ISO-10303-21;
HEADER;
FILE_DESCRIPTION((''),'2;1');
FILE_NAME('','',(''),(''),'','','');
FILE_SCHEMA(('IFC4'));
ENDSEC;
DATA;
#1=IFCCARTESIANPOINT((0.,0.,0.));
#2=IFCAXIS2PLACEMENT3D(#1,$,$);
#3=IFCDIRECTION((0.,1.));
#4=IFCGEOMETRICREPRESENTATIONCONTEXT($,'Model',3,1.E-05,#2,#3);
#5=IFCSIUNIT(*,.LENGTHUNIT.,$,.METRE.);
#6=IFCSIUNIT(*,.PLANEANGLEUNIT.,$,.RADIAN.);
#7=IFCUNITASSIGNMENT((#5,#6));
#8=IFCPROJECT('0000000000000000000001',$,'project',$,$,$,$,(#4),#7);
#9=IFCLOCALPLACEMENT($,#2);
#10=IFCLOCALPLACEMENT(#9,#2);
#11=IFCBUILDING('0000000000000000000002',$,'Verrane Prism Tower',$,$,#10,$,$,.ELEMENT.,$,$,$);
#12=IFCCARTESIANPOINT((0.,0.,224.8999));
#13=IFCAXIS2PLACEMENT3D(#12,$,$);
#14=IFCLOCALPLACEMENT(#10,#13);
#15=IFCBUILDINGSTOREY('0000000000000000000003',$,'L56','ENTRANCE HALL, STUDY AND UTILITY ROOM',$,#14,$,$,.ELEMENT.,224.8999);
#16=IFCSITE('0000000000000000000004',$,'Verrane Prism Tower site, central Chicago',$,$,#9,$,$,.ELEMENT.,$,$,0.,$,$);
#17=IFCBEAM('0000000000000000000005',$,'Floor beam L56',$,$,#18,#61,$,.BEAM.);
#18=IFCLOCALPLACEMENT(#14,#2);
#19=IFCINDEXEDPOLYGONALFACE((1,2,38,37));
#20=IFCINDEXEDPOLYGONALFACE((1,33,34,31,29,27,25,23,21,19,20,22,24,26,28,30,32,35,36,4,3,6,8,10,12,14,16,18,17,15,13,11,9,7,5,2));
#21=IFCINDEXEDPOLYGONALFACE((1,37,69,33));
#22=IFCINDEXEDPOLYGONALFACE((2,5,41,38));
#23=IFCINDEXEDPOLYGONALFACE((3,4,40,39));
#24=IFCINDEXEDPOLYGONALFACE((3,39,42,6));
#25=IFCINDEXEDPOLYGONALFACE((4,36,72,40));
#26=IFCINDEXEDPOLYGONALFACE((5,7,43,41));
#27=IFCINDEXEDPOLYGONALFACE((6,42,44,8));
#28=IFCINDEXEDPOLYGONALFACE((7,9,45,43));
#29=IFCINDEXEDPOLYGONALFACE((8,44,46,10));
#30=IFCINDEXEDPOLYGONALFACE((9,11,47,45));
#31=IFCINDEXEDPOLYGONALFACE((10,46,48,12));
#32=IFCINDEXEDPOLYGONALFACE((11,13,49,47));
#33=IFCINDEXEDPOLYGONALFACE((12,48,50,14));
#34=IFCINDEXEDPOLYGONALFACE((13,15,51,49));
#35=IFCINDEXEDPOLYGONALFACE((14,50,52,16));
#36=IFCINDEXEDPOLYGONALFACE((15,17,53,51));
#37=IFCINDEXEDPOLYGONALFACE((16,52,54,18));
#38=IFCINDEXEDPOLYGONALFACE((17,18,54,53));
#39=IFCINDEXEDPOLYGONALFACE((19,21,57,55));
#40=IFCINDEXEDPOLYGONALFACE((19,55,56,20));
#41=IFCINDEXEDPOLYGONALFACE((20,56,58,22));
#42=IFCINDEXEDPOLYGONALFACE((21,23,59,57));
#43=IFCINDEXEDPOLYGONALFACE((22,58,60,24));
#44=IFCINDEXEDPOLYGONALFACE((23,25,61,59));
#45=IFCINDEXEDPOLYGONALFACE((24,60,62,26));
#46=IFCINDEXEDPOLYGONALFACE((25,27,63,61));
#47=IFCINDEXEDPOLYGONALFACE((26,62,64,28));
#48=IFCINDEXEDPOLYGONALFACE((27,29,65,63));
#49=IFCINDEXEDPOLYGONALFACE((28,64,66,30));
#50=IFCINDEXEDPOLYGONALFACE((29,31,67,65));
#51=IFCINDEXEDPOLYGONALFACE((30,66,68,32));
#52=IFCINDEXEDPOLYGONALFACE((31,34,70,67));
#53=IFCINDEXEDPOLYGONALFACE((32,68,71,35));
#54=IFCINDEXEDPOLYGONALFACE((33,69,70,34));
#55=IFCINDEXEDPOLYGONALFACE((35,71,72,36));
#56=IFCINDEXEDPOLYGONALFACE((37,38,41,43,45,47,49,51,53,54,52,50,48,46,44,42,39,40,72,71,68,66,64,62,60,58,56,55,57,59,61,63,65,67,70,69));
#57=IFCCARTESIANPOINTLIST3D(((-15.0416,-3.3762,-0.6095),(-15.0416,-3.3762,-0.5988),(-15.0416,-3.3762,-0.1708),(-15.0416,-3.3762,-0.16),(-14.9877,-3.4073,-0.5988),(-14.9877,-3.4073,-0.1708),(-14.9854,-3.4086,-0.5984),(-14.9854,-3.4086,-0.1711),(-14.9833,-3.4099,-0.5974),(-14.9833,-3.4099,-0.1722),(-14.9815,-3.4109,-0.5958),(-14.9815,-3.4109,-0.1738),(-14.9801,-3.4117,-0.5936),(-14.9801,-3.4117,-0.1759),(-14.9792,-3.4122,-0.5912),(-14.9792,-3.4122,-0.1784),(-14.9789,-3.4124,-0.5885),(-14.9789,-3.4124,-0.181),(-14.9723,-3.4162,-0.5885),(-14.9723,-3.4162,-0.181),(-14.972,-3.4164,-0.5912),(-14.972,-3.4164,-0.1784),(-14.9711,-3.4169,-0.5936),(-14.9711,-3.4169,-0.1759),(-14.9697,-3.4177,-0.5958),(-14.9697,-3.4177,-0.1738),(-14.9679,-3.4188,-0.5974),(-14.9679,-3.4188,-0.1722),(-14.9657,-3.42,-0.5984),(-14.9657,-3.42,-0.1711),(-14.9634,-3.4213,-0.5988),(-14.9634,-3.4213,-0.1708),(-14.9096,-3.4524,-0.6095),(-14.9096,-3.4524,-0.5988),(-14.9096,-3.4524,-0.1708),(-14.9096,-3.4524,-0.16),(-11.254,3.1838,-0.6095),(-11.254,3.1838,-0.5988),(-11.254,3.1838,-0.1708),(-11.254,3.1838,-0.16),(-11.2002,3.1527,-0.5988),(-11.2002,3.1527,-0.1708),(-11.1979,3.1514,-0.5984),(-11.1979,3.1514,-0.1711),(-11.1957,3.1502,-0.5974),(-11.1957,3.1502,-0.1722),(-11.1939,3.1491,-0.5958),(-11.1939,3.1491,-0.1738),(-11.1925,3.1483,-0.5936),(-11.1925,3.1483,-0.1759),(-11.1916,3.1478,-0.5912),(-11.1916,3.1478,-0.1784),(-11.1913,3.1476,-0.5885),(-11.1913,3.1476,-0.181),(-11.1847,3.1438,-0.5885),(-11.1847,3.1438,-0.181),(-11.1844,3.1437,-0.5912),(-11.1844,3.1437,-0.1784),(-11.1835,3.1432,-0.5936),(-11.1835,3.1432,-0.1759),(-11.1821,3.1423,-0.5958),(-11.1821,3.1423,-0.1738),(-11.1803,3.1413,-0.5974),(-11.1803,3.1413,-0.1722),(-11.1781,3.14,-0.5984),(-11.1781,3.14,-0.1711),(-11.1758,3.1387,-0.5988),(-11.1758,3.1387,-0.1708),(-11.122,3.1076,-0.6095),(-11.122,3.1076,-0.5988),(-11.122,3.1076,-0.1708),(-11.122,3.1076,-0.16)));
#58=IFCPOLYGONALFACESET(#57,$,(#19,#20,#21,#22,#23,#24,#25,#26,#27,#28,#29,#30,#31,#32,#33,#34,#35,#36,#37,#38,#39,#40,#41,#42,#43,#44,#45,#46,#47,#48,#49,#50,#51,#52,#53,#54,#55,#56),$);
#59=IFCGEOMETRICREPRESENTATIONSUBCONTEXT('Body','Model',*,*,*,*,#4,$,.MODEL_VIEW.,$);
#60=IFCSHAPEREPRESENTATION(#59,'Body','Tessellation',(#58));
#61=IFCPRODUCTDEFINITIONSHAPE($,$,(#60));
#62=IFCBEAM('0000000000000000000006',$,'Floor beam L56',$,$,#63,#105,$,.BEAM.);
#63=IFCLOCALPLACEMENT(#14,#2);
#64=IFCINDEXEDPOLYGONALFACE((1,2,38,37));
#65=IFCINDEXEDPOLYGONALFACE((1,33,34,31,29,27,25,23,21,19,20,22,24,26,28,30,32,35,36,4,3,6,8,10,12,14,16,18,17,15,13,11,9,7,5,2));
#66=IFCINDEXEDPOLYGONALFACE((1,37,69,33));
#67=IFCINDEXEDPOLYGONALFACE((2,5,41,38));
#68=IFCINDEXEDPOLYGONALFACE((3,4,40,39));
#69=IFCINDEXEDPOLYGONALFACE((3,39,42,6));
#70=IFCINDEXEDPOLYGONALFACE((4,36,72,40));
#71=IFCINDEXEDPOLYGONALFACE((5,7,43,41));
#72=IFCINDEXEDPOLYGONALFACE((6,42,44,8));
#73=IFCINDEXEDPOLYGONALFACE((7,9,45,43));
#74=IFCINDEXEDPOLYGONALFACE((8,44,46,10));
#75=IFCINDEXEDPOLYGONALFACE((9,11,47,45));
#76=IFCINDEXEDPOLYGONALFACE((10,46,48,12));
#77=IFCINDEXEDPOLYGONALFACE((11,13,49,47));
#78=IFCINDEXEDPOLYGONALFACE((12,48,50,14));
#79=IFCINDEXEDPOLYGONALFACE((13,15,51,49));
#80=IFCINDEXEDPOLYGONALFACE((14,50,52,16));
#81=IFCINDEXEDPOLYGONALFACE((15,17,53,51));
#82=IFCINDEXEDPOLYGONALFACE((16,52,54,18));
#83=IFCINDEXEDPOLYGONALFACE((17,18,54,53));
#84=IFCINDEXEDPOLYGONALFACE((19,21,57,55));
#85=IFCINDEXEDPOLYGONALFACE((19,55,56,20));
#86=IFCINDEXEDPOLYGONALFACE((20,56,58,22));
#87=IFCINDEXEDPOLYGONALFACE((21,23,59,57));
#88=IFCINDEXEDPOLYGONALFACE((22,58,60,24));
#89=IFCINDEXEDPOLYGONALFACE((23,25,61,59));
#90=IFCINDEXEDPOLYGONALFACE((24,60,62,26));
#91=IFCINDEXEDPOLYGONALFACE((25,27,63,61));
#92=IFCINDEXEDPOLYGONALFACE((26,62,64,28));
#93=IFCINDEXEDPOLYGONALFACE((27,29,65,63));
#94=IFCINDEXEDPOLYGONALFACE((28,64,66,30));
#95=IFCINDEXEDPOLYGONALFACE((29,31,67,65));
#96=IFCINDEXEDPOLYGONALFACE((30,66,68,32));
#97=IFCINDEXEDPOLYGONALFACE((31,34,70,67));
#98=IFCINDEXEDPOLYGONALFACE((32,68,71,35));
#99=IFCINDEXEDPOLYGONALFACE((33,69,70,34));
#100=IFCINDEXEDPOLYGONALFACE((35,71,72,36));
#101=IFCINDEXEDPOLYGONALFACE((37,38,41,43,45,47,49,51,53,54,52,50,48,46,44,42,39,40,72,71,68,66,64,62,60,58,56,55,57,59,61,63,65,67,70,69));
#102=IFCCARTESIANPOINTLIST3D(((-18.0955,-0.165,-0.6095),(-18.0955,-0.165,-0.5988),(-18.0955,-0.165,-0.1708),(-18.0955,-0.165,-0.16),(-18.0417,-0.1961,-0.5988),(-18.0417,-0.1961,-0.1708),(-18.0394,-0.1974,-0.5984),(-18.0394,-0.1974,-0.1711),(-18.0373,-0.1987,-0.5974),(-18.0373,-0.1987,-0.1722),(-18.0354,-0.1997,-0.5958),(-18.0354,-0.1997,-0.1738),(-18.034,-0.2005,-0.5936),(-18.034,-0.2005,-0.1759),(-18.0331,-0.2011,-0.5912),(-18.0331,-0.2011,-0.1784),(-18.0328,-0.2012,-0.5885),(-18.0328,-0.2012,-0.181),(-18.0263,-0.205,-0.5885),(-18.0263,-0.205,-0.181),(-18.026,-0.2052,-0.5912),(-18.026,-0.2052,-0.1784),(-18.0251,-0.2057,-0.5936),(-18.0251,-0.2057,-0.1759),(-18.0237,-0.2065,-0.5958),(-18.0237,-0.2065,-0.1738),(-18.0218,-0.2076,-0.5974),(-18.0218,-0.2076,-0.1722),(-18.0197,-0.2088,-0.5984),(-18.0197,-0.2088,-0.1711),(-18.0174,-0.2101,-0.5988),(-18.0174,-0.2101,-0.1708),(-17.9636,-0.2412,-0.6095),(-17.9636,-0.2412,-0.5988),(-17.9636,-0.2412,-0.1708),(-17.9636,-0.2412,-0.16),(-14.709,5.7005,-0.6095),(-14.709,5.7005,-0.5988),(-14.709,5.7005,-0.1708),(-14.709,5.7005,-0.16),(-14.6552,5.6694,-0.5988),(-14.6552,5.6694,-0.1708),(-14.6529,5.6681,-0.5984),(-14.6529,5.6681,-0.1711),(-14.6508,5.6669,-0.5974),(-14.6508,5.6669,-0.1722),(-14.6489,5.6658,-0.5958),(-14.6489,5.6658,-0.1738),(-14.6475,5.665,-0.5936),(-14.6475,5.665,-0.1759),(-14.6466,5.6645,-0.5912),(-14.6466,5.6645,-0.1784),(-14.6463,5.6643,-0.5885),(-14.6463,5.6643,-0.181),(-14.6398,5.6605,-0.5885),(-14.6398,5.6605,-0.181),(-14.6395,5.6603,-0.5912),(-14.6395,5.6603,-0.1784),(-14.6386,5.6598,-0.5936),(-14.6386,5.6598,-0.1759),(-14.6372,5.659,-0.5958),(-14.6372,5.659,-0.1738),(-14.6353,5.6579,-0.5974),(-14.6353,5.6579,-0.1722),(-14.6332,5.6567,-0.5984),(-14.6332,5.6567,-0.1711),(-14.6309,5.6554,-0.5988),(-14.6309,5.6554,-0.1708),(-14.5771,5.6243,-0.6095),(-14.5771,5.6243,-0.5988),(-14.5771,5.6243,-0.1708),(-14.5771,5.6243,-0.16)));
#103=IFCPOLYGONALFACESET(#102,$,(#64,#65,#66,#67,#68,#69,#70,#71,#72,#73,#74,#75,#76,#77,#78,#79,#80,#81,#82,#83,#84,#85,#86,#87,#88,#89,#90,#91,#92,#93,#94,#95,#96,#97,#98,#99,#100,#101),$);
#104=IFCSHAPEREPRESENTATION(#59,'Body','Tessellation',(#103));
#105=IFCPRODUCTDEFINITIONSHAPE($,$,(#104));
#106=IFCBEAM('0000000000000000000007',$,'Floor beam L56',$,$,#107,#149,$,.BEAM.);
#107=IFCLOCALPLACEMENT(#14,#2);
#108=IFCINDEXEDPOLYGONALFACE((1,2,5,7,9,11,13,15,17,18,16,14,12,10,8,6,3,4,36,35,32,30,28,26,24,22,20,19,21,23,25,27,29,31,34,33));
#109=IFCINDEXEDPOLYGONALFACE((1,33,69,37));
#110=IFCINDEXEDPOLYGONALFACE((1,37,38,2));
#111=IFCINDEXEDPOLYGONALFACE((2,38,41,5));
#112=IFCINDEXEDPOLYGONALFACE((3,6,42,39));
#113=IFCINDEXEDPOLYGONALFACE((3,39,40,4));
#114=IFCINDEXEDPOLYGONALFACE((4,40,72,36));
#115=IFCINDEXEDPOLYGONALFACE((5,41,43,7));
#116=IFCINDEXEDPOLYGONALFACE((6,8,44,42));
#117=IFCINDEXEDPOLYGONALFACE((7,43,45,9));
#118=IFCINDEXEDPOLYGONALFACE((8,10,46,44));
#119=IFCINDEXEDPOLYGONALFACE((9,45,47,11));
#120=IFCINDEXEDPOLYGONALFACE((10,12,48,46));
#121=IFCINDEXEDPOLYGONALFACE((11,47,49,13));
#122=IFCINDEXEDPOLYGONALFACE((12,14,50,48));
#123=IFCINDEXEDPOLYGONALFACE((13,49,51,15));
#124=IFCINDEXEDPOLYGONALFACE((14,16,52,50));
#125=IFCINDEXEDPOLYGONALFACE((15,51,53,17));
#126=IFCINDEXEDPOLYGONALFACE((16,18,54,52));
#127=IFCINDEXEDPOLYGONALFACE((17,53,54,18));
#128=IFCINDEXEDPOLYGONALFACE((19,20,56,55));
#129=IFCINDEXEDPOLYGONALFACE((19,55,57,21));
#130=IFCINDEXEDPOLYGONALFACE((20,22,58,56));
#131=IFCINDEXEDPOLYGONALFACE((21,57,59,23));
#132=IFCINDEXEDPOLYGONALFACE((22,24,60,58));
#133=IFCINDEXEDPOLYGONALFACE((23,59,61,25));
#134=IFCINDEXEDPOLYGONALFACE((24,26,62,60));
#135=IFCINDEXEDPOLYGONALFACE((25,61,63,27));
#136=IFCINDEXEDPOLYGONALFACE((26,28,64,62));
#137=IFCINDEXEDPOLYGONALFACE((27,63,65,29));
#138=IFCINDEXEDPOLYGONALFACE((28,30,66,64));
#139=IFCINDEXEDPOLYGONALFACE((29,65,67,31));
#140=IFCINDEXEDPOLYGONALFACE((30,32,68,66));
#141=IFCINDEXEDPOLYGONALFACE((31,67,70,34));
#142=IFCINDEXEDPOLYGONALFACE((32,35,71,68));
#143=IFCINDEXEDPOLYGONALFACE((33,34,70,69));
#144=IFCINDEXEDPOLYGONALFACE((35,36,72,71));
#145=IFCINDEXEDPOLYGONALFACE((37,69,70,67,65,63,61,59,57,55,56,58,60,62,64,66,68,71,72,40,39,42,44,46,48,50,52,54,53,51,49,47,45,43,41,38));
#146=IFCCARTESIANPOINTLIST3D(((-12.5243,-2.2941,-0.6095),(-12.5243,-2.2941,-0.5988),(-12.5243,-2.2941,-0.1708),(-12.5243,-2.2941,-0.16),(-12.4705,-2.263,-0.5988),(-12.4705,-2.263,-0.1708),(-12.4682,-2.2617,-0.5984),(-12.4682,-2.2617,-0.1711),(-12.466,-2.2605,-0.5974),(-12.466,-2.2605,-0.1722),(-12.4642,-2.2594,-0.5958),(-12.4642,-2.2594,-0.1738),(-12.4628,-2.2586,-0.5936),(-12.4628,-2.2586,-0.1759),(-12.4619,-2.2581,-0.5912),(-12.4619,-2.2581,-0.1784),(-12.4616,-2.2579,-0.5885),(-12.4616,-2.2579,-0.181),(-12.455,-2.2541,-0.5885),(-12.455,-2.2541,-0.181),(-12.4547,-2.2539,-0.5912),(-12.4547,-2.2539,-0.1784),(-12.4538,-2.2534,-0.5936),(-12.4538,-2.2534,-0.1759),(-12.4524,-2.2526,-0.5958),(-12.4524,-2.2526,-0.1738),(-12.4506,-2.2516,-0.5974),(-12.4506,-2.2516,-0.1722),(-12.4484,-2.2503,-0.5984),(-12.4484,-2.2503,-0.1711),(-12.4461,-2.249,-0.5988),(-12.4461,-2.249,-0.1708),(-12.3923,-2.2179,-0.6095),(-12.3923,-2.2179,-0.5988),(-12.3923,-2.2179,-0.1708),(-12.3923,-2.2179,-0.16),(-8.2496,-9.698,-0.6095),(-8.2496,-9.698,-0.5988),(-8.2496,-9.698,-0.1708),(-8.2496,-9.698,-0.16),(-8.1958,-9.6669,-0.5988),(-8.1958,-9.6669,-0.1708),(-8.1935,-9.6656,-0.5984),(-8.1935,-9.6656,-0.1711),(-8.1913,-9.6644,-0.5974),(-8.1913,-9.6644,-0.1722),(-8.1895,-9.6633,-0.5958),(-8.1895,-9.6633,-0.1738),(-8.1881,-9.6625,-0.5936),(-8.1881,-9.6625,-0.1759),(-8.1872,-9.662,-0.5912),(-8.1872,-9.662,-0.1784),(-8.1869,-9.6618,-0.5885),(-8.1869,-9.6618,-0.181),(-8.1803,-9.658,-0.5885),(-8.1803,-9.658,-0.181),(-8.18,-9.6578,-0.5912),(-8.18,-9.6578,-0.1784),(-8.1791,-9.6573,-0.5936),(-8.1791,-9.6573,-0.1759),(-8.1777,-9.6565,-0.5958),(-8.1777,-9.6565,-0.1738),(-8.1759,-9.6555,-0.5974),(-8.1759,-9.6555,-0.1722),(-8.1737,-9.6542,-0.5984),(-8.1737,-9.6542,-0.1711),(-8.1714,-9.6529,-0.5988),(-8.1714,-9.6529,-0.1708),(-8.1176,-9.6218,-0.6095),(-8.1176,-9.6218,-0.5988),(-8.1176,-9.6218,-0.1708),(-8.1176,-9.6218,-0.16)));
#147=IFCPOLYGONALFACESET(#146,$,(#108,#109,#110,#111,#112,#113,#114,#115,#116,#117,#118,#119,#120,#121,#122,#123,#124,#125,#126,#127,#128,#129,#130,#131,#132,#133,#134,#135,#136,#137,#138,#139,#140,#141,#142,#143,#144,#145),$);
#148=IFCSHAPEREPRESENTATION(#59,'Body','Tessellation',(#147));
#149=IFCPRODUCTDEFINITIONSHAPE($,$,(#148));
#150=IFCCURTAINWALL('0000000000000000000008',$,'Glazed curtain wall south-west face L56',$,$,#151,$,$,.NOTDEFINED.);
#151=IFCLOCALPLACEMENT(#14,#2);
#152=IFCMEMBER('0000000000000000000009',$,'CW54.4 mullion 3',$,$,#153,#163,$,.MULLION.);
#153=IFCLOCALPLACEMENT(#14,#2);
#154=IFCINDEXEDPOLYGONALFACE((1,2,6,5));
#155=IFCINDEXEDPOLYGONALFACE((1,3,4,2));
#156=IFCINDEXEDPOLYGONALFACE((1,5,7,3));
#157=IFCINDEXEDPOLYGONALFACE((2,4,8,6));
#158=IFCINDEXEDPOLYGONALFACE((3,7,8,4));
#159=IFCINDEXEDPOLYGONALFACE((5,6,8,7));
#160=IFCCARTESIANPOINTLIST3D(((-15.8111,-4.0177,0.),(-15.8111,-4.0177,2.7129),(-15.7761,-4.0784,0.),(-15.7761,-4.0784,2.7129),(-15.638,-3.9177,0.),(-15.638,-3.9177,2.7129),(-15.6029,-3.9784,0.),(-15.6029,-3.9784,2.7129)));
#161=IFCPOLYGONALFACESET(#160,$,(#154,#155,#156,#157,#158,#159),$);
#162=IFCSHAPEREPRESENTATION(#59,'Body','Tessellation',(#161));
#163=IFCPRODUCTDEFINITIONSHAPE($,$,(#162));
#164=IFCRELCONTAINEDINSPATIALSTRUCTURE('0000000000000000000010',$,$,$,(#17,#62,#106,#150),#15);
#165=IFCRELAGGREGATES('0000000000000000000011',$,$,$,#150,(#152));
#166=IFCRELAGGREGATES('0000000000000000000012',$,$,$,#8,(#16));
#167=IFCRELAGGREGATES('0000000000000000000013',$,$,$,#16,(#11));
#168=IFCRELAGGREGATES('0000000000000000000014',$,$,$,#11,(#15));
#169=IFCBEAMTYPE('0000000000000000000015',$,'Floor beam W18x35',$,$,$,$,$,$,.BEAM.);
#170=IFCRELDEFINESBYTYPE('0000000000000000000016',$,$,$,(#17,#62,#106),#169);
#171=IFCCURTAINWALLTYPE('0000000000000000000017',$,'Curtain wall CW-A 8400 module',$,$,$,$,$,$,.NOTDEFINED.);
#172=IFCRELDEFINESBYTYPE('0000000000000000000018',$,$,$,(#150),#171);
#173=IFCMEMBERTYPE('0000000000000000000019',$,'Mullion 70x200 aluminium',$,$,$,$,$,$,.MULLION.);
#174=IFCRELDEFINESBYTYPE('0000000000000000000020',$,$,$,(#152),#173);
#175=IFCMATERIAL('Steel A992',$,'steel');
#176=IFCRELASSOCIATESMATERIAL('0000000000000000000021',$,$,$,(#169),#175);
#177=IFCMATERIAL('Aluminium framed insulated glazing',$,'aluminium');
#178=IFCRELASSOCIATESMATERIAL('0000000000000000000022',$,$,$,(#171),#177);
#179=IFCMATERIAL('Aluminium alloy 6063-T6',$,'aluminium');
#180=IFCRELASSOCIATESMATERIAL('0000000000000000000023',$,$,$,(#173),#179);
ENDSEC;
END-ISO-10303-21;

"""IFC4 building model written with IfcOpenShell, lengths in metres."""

from ifc_helpers import new_model, si_unit, direction, frame, origin, origin_2d, place, context, subcontext, project, spatial, rectangle, i_section, extrude, material, material_profile, profile_set, type_object, element, aggregate, save


model = new_model("IFC4")

# Units and contexts
model_context = context("Model", 3, precision=1e-05, world=origin(), true_north=direction((0.0, 1.0)))
body_context = subcontext(model_context, "Body", "Model", "MODEL_VIEW")
ifc_project = project(units=[si_unit("LENGTHUNIT", "METRE"), si_unit("PLANEANGLEUNIT", "RADIAN")], contexts=[model_context])

# Site, building, storey
site_placement = place(None, origin())
site = spatial("IfcSite", under=ifc_project, at=site_placement, Name="Verrane Prism Tower site, central Chicago", CompositionType="ELEMENT", RefElevation=0.0)
building_placement = place(site_placement, origin())
building = spatial("IfcBuilding", under=site, at=building_placement, Name="Verrane Prism Tower", CompositionType="ELEMENT")
storey_placement = place(building_placement, frame((0.0, 0.0, 224.8999)))
storey = spatial("IfcBuildingStorey", under=building, at=storey_placement, Name="L56", Description="ENTRANCE HALL, STUDY AND UTILITY ROOM", CompositionType="ELEMENT", Elevation=224.8999)

# Beams
ifc_material_1 = material(Name="Steel A992", Category="steel")
ifc_material_profile_1 = material_profile(ifc_material_1, i_section(OverallWidth=0.1523, OverallDepth=0.4495, WebThickness=0.0076, FlangeThickness=0.0107, FilletRadius=0.0103, at=origin_2d()), Name="W18x35")
ifc_profile_set_1 = profile_set([ifc_material_profile_1], Name="Steel A992")
beam_type_1 = type_object("IfcBeamType", Name="Floor beam W18x35", PredefinedType="BEAM", material=ifc_profile_set_1)
beam_1_placement = place(storey_placement, frame((-14.9756, -3.4143, -0.3848), z_axis=(0.500014, 0.866017, 0.0), x_axis=(-0.866017, 0.500014, 0.0)))
element("IfcBeam", 1, at=beam_1_placement, inside=storey, type_object=beam_type_1, Name="Floor beam L56", PredefinedType="BEAM", context=body_context, shape_type="SweptSolid", body=[
    extrude(i_section(OverallWidth=0.1523, OverallDepth=0.4495, WebThickness=0.0076, FlangeThickness=0.0107, FilletRadius=0.0103, at=origin_2d()), origin(), (0.0, 0.0, 1.0), 7.575),
])
beam_2_placement = place(storey_placement, frame((-18.0295, -0.2031, -0.3848), z_axis=(0.500004, 0.866023, 0.0), x_axis=(-0.866023, 0.500004, 0.0)))
element("IfcBeam", 2, at=beam_2_placement, inside=storey, type_object=beam_type_1, Name="Floor beam L56", PredefinedType="BEAM", context=body_context, shape_type="SweptSolid", body=[
    extrude(i_section(OverallWidth=0.1523, OverallDepth=0.4495, WebThickness=0.0076, FlangeThickness=0.0107, FilletRadius=0.0103, at=origin_2d()), origin(), (0.0, 0.0, 1.0), 6.7729),
])
beam_3_placement = place(storey_placement, frame((-8.1836, -9.6599, -0.3848), z_axis=(-0.500006, 0.866022, 0.0), x_axis=(-0.866022, -0.500006, 0.0)))
element("IfcBeam", 3, at=beam_3_placement, inside=storey, type_object=beam_type_1, Name="Floor beam L56", PredefinedType="BEAM", context=body_context, shape_type="SweptSolid", body=[
    extrude(i_section(OverallWidth=0.1523, OverallDepth=0.4495, WebThickness=0.0076, FlangeThickness=0.0107, FilletRadius=0.0103, at=origin_2d()), origin(), (0.0, 0.0, 1.0), 8.5493),
])

# Curtain wall, member
ifc_material_2 = material(Name="Aluminium framed insulated glazing", Category="aluminium")
curtain_wall_type = type_object("IfcCurtainWallType", Name="Curtain wall CW-A 8400 module", PredefinedType="NOTDEFINED", material=ifc_material_2)
curtain_wall_placement = place(storey_placement, origin())
curtain_wall = element("IfcCurtainWall", 4, at=curtain_wall_placement, inside=storey, type_object=curtain_wall_type, Name="Glazed curtain wall south-west face L56", PredefinedType="NOTDEFINED")
ifc_material_3 = material(Name="Aluminium alloy 6063-T6", Category="aluminium")
ifc_material_profile_2 = material_profile(ifc_material_3, rectangle(XDim=0.2, YDim=0.0701, at=origin_2d()), Name="Mullion 70x200 aluminium")
ifc_profile_set_2 = profile_set([ifc_material_profile_2], Name="Aluminium alloy 6063-T6")
member_type_1 = type_object("IfcMemberType", Name="Mullion 70x200 aluminium", PredefinedType="MULLION", material=ifc_profile_set_2)
member_1_placement = place(storey_placement, frame((-15.707, -3.998, 0.0), z_axis=(0.0, 0.0, 1.0), x_axis=(0.866025, 0.500001, 0.0)))
member_1 = element("IfcMember", 5, at=member_1_placement, type_object=member_type_1, Name="CW54.4 mullion 3", PredefinedType="MULLION", context=body_context, shape_type="SweptSolid", body=[
    extrude(rectangle(XDim=0.2, YDim=0.0701, at=origin_2d()), origin(), (0.0, 0.0, 1.0), 2.7129),
])

aggregate(curtain_wall, [member_1])

save(model, "model.ifc")
